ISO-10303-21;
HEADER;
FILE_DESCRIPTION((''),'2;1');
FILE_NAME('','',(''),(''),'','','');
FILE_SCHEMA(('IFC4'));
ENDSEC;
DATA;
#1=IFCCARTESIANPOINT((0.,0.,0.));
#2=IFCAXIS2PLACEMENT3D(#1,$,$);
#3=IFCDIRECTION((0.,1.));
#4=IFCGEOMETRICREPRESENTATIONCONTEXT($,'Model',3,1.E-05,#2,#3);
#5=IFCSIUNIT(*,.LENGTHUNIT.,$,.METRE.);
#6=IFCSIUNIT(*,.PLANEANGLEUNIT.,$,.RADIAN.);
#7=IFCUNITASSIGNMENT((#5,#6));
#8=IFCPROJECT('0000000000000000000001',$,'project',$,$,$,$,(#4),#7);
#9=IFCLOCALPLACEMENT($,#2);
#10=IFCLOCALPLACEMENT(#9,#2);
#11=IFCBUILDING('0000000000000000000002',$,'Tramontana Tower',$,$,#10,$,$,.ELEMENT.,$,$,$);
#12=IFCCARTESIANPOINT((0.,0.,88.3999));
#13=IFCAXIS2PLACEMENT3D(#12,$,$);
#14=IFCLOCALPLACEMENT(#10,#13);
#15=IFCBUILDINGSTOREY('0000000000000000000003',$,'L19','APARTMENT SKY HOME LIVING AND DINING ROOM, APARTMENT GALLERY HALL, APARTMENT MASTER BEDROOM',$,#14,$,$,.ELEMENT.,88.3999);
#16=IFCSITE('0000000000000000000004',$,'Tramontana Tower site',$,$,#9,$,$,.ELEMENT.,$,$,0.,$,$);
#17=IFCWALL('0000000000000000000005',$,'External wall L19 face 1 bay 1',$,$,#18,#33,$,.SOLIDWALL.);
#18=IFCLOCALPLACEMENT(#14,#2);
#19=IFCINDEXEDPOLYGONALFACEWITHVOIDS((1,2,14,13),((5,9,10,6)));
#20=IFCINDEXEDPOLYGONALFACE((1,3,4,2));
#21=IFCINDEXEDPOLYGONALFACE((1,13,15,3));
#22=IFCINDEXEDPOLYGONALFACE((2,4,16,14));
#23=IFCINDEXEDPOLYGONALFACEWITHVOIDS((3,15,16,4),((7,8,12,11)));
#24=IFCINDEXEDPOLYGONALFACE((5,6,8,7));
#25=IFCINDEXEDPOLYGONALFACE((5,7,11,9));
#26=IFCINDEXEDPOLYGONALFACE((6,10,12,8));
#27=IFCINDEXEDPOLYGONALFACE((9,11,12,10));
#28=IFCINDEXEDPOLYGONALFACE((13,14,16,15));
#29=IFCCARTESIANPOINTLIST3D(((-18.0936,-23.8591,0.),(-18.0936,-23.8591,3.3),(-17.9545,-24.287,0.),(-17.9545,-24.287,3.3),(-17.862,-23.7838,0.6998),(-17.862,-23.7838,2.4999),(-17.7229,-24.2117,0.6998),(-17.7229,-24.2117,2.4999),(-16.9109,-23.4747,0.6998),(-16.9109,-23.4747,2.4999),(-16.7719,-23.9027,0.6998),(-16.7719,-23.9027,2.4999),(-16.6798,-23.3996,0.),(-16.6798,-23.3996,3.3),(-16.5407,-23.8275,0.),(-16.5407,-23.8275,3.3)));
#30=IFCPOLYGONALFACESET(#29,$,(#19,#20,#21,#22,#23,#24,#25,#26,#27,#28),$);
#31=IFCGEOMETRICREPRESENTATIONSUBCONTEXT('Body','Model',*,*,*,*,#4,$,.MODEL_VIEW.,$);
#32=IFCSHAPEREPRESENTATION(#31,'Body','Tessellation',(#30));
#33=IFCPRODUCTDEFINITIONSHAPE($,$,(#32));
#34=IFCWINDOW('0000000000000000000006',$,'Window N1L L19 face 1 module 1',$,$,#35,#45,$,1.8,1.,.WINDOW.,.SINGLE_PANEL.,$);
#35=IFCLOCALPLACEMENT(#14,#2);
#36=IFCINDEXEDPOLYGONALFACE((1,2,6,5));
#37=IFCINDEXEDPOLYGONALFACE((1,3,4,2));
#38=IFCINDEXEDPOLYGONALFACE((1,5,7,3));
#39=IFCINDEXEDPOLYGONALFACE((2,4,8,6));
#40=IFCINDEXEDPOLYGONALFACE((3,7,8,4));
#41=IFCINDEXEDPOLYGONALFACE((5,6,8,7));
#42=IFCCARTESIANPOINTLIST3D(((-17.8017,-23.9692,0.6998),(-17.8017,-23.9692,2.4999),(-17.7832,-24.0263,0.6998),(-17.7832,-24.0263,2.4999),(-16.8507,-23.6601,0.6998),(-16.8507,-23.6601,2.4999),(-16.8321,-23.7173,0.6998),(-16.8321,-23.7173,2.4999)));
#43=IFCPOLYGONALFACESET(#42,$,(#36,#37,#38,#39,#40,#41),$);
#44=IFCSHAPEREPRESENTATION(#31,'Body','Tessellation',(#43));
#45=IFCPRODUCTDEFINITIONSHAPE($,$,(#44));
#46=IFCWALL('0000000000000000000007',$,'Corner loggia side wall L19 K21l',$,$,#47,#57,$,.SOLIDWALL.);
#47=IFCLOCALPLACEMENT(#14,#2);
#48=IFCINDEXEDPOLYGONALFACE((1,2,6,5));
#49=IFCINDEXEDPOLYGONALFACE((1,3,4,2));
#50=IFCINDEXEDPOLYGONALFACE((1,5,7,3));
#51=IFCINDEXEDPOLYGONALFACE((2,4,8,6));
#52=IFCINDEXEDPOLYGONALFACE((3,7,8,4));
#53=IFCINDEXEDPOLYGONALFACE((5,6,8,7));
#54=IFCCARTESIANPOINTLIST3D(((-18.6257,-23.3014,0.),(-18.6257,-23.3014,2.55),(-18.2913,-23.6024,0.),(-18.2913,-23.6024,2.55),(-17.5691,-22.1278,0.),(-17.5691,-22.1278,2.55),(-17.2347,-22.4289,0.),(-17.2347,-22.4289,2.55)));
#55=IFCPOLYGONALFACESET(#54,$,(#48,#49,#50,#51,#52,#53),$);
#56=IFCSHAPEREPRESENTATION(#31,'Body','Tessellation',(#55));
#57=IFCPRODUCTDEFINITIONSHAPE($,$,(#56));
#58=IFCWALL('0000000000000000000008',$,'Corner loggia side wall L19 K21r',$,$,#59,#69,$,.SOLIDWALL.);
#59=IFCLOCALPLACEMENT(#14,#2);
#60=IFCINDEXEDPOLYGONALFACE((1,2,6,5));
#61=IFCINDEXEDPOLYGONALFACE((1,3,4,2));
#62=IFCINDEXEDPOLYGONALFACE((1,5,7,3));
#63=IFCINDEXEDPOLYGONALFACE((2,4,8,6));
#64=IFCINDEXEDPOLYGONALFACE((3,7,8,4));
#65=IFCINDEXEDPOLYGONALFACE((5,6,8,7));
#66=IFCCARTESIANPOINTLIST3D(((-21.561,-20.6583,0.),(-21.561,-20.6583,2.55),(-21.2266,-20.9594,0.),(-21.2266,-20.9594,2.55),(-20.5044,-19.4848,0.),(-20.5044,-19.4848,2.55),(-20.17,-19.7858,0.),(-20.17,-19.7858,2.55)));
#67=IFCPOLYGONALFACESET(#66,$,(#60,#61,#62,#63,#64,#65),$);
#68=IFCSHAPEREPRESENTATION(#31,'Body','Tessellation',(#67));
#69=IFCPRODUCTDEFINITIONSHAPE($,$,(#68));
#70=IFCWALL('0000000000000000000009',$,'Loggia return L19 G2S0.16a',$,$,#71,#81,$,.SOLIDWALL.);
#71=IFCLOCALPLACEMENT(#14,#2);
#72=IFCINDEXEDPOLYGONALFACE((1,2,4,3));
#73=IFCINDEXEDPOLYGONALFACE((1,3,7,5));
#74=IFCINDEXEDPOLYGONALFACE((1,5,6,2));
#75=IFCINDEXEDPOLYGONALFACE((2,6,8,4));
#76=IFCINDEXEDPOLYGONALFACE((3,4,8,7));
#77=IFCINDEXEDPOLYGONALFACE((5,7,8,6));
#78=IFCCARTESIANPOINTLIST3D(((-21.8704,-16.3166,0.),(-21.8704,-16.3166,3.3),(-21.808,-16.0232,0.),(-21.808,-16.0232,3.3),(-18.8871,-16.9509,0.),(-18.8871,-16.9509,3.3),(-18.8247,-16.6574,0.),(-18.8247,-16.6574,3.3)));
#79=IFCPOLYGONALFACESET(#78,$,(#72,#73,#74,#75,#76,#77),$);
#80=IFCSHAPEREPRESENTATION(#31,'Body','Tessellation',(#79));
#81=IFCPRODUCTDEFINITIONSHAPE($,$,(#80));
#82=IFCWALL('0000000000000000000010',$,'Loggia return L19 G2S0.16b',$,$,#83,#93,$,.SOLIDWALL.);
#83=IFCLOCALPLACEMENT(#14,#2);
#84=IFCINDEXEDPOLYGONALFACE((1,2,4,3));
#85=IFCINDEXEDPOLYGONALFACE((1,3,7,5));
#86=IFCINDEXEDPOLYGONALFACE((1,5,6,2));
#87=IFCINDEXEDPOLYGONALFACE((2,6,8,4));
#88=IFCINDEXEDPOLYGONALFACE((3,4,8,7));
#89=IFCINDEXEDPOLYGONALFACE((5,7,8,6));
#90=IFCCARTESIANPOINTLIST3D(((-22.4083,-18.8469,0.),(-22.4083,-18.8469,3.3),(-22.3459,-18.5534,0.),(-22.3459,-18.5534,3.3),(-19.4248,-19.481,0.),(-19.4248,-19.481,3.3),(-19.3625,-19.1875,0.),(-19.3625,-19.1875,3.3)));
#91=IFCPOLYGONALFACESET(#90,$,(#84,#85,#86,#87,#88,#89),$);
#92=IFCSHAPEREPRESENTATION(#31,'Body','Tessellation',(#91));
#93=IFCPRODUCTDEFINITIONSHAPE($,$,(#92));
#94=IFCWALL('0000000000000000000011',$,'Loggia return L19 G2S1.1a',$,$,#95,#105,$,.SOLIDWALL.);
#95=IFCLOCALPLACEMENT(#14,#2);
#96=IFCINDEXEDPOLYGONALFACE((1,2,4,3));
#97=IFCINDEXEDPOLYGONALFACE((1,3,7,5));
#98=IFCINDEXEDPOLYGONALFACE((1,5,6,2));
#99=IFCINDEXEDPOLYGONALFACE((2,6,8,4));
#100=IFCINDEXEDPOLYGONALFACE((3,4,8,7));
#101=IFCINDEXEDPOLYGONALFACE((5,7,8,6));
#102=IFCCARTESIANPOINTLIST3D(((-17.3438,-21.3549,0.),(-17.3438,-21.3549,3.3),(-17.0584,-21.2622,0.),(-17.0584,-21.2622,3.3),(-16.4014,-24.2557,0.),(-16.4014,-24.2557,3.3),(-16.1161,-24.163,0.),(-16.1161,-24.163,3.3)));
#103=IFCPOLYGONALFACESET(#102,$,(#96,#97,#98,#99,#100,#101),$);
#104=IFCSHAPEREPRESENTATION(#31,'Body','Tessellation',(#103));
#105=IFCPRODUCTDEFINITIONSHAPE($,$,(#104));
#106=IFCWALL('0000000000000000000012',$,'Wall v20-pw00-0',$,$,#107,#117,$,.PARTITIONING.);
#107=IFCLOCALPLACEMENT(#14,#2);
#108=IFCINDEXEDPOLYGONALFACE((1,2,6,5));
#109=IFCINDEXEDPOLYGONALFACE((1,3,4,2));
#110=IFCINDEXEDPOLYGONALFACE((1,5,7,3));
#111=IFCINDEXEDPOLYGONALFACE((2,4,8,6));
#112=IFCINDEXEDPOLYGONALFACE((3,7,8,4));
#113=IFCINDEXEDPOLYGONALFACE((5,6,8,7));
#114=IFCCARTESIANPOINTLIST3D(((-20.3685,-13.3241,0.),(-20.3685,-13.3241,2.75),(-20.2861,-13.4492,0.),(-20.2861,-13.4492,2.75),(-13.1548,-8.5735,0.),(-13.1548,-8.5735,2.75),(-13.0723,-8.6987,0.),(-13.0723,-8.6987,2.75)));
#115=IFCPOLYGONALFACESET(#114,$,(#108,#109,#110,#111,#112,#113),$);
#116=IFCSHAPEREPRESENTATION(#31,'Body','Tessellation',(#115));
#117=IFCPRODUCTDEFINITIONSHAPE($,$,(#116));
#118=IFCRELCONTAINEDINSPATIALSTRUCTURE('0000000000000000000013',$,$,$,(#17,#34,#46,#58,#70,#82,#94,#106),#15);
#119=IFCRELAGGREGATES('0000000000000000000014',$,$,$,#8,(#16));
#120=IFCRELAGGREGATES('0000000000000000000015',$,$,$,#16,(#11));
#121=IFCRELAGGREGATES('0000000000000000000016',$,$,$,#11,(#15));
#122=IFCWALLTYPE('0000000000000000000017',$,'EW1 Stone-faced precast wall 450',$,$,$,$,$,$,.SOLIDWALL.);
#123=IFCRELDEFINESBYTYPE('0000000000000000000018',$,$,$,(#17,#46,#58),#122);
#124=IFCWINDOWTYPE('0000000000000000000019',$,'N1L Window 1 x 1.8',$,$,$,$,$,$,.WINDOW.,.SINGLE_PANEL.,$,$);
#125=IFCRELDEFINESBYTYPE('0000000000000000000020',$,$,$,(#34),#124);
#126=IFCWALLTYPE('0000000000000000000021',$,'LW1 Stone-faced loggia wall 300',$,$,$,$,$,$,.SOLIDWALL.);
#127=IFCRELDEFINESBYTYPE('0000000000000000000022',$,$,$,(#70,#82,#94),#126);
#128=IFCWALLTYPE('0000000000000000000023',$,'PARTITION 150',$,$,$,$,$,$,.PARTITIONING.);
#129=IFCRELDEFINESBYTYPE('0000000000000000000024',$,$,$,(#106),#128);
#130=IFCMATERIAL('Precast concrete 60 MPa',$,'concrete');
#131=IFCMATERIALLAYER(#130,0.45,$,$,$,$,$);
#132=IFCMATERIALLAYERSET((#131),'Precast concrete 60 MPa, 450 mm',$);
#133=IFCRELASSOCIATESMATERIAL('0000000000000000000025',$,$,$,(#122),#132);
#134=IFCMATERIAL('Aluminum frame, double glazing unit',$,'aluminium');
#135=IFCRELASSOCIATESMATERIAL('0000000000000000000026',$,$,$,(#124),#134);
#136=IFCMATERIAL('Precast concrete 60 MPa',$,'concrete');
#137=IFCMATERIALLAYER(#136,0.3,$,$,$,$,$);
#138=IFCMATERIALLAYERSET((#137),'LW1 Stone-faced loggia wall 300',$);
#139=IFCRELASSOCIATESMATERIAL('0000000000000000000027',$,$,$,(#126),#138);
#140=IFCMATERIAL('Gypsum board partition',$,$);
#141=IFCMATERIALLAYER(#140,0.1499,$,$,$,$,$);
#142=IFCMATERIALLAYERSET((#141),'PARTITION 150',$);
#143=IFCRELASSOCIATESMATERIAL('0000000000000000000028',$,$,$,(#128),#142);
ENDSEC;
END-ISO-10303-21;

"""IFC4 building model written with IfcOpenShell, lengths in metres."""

from ifc_helpers import new_model, si_unit, direction, frame, frame_2d, origin, place, context, subcontext, project, spatial, rectangle, extrude, material, layer, layer_set, type_object, element, fill, save


model = new_model("IFC4")

# Units and contexts
model_context = context("Model", 3, precision=1e-05, world=origin(), true_north=direction((0.0, 1.0)))
body_context = subcontext(model_context, "Body", "Model", "MODEL_VIEW")
ifc_project = project(units=[si_unit("LENGTHUNIT", "METRE"), si_unit("PLANEANGLEUNIT", "RADIAN")], contexts=[model_context])

# Site, building, storey
site_placement = place(None, origin())
site = spatial("IfcSite", under=ifc_project, at=site_placement, Name="Tramontana Tower site", CompositionType="ELEMENT", RefElevation=0.0)
building_placement = place(site_placement, origin())
building = spatial("IfcBuilding", under=site, at=building_placement, Name="Tramontana Tower", CompositionType="ELEMENT")
storey_placement = place(building_placement, frame((0.0, 0.0, 88.3999)))
storey = spatial("IfcBuildingStorey", under=building, at=storey_placement, Name="L19", Description="APARTMENT SKY HOME LIVING AND DINING ROOM, APARTMENT GALLERY HALL, APARTMENT MASTER BEDROOM", CompositionType="ELEMENT", Elevation=88.3999)

# Wall, opening, window
ifc_material_1 = material(Name="Precast concrete 60 MPa", Category="concrete")
ifc_layer_1 = layer(ifc_material_1, 0.45)
ifc_layer_set_1 = layer_set([ifc_layer_1], Name="Precast concrete 60 MPa, 450 mm")
wall_type_1 = type_object("IfcWallType", Name="EW1 Stone-faced precast wall 450", PredefinedType="SOLIDWALL", material=ifc_layer_set_1)
ifc_material_2 = material(Name="Aluminum frame, double glazing unit", Category="aluminium")
window_type_1 = type_object("IfcWindowType", Name="N1L Window 1 x 1.8", PartitioningType="SINGLE_PANEL", PredefinedType="WINDOW", material=ifc_material_2)
wall_1_placement = place(storey_placement, frame((-18.0239, -24.073, 0.0), z_axis=(0.0, 0.0, 1.0), x_axis=(0.951038, 0.309075, 0.0)))
wall_1 = element("IfcWall", 1, at=wall_1_placement, inside=storey, type_object=wall_type_1, Name="External wall L19 face 1 bay 1", PredefinedType="SOLIDWALL", context=body_context, shape_type="SweptSolid", body=[
    extrude(rectangle(XDim=1.4866, YDim=0.45, at=frame_2d((0.7432, 0.0))), origin(), (0.0, 0.0, 1.0), 3.3),
])
opening_1_placement = place(wall_1_placement, frame((0.2434, 0.0, 0.7)))
opening_1 = element("IfcOpeningElement", 2, at=opening_1_placement, cuts=wall_1, PredefinedType="OPENING", context=body_context, shape_type="SweptSolid", body=[
    extrude(rectangle(XDim=1.0, YDim=1.8, at=frame_2d((0.5, 0.8999))), frame((0.0, 0.2349, 0.0), z_axis=(0.0, -1.0, 0.0), x_axis=(1.0, 0.0, 0.0)), (0.0, 0.0, 1.0), 0.47),
])
window_1_placement = place(opening_1_placement, origin())
window_1 = element("IfcWindow", 3, at=window_1_placement, inside=storey, type_object=window_type_1, Name="Window N1L L19 face 1 module 1", OverallHeight=1.8, OverallWidth=1.0, PartitioningType="SINGLE_PANEL", PredefinedType="WINDOW", context=body_context, shape_type="SweptSolid", body=[
    extrude(rectangle(XDim=1.0, YDim=1.8, at=frame_2d((0.5, 0.8999))), frame((0.0, 0.03, 0.0), z_axis=(0.0, -1.0, 0.0), x_axis=(1.0, 0.0, 0.0)), (0.0, 0.0, 1.0), 0.0601),
])
fill(opening_1, window_1)

# Walls
for number, where, z_axis, x_axis, name in (
    (4, (-18.4585, -23.4519, 0.0), (0.0, 0.0, 1.0), (0.66911, 0.743163, 0.0), "Corner loggia side wall L19 K21l"),
    (5, (-21.3938, -20.8088, 0.0), (0.0, 0.0, 1.0), (0.66911, 0.743163, 0.0), "Corner loggia side wall L19 K21r"),
):
    element("IfcWall", number, at=place(storey_placement, frame(where, z_axis=z_axis, x_axis=x_axis)), inside=storey, type_object=wall_type_1, Name=name, PredefinedType="SOLIDWALL", context=body_context, shape_type="SweptSolid", body=[
        extrude(rectangle(XDim=1.5791, YDim=0.45, at=frame_2d((0.7896, 0.0))), origin(), (0.0, 0.0, 1.0), 2.55),
    ])

# Shared definitions
ifc_material_3 = material(Name="Precast concrete 60 MPa", Category="concrete")
ifc_layer_2 = layer(ifc_material_3, 0.3)
ifc_layer_set_2 = layer_set([ifc_layer_2], Name="LW1 Stone-faced loggia wall 300")
wall_type_2 = type_object("IfcWallType", Name="LW1 Stone-faced loggia wall 300", PredefinedType="SOLIDWALL", material=ifc_layer_set_2)

# Walls
for number, where, z_axis, x_axis, name in (
    (6, (-21.8391, -16.1699, 0.0), (0.0, 0.0, 1.0), (0.978139, -0.207954, 0.0), "Loggia return L19 G2S0.16a"),
    (7, (-22.377, -18.7002, 0.0), (0.0, 0.0, 1.0), (0.978155, -0.207878, 0.0), "Loggia return L19 G2S0.16b"),
):
    element("IfcWall", number, at=place(storey_placement, frame(where, z_axis=z_axis, x_axis=x_axis)), inside=storey, type_object=wall_type_2, Name=name, PredefinedType="SOLIDWALL", context=body_context, shape_type="SweptSolid", body=[
        extrude(rectangle(XDim=3.05, YDim=0.3, at=frame_2d((1.5249, 0.0))), origin(), (0.0, 0.0, 1.0), 3.3),
    ])

# Walls
wall_2_placement = place(storey_placement, frame((-16.2588, -24.2092, 0.0), z_axis=(0.0, 0.0, 1.0), x_axis=(-0.308967, 0.951073, 0.0)))
element("IfcWall", 8, at=wall_2_placement, inside=storey, type_object=wall_type_2, Name="Loggia return L19 G2S1.1a", PredefinedType="SOLIDWALL", context=body_context, shape_type="SweptSolid", body=[
    extrude(rectangle(XDim=3.05, YDim=0.3, at=frame_2d((1.5249, 0.0))), origin(), (0.0, 0.0, 1.0), 3.3),
])
ifc_material_4 = material(Name="Gypsum board partition")
ifc_layer_3 = layer(ifc_material_4, 0.1499)
ifc_layer_set_3 = layer_set([ifc_layer_3], Name="PARTITION 150")
wall_type_3 = type_object("IfcWallType", Name="PARTITION 150", PredefinedType="PARTITIONING", material=ifc_layer_set_3)
wall_3_placement = place(storey_placement, frame((-20.3274, -13.3867, 0.0), z_axis=(0.0, 0.0, 1.0), x_axis=(0.835168, 0.549995, 0.0)))
element("IfcWall", 9, at=wall_3_placement, inside=storey, type_object=wall_type_3, Name="Wall v20-pw00-0", PredefinedType="PARTITIONING", context=body_context, shape_type="SweptSolid", body=[
    extrude(rectangle(XDim=8.6375, YDim=0.1499, at=frame_2d((4.3188, 0.0))), origin(), (0.0, 0.0, 1.0), 2.75),
])

save(model, "model.ifc")
